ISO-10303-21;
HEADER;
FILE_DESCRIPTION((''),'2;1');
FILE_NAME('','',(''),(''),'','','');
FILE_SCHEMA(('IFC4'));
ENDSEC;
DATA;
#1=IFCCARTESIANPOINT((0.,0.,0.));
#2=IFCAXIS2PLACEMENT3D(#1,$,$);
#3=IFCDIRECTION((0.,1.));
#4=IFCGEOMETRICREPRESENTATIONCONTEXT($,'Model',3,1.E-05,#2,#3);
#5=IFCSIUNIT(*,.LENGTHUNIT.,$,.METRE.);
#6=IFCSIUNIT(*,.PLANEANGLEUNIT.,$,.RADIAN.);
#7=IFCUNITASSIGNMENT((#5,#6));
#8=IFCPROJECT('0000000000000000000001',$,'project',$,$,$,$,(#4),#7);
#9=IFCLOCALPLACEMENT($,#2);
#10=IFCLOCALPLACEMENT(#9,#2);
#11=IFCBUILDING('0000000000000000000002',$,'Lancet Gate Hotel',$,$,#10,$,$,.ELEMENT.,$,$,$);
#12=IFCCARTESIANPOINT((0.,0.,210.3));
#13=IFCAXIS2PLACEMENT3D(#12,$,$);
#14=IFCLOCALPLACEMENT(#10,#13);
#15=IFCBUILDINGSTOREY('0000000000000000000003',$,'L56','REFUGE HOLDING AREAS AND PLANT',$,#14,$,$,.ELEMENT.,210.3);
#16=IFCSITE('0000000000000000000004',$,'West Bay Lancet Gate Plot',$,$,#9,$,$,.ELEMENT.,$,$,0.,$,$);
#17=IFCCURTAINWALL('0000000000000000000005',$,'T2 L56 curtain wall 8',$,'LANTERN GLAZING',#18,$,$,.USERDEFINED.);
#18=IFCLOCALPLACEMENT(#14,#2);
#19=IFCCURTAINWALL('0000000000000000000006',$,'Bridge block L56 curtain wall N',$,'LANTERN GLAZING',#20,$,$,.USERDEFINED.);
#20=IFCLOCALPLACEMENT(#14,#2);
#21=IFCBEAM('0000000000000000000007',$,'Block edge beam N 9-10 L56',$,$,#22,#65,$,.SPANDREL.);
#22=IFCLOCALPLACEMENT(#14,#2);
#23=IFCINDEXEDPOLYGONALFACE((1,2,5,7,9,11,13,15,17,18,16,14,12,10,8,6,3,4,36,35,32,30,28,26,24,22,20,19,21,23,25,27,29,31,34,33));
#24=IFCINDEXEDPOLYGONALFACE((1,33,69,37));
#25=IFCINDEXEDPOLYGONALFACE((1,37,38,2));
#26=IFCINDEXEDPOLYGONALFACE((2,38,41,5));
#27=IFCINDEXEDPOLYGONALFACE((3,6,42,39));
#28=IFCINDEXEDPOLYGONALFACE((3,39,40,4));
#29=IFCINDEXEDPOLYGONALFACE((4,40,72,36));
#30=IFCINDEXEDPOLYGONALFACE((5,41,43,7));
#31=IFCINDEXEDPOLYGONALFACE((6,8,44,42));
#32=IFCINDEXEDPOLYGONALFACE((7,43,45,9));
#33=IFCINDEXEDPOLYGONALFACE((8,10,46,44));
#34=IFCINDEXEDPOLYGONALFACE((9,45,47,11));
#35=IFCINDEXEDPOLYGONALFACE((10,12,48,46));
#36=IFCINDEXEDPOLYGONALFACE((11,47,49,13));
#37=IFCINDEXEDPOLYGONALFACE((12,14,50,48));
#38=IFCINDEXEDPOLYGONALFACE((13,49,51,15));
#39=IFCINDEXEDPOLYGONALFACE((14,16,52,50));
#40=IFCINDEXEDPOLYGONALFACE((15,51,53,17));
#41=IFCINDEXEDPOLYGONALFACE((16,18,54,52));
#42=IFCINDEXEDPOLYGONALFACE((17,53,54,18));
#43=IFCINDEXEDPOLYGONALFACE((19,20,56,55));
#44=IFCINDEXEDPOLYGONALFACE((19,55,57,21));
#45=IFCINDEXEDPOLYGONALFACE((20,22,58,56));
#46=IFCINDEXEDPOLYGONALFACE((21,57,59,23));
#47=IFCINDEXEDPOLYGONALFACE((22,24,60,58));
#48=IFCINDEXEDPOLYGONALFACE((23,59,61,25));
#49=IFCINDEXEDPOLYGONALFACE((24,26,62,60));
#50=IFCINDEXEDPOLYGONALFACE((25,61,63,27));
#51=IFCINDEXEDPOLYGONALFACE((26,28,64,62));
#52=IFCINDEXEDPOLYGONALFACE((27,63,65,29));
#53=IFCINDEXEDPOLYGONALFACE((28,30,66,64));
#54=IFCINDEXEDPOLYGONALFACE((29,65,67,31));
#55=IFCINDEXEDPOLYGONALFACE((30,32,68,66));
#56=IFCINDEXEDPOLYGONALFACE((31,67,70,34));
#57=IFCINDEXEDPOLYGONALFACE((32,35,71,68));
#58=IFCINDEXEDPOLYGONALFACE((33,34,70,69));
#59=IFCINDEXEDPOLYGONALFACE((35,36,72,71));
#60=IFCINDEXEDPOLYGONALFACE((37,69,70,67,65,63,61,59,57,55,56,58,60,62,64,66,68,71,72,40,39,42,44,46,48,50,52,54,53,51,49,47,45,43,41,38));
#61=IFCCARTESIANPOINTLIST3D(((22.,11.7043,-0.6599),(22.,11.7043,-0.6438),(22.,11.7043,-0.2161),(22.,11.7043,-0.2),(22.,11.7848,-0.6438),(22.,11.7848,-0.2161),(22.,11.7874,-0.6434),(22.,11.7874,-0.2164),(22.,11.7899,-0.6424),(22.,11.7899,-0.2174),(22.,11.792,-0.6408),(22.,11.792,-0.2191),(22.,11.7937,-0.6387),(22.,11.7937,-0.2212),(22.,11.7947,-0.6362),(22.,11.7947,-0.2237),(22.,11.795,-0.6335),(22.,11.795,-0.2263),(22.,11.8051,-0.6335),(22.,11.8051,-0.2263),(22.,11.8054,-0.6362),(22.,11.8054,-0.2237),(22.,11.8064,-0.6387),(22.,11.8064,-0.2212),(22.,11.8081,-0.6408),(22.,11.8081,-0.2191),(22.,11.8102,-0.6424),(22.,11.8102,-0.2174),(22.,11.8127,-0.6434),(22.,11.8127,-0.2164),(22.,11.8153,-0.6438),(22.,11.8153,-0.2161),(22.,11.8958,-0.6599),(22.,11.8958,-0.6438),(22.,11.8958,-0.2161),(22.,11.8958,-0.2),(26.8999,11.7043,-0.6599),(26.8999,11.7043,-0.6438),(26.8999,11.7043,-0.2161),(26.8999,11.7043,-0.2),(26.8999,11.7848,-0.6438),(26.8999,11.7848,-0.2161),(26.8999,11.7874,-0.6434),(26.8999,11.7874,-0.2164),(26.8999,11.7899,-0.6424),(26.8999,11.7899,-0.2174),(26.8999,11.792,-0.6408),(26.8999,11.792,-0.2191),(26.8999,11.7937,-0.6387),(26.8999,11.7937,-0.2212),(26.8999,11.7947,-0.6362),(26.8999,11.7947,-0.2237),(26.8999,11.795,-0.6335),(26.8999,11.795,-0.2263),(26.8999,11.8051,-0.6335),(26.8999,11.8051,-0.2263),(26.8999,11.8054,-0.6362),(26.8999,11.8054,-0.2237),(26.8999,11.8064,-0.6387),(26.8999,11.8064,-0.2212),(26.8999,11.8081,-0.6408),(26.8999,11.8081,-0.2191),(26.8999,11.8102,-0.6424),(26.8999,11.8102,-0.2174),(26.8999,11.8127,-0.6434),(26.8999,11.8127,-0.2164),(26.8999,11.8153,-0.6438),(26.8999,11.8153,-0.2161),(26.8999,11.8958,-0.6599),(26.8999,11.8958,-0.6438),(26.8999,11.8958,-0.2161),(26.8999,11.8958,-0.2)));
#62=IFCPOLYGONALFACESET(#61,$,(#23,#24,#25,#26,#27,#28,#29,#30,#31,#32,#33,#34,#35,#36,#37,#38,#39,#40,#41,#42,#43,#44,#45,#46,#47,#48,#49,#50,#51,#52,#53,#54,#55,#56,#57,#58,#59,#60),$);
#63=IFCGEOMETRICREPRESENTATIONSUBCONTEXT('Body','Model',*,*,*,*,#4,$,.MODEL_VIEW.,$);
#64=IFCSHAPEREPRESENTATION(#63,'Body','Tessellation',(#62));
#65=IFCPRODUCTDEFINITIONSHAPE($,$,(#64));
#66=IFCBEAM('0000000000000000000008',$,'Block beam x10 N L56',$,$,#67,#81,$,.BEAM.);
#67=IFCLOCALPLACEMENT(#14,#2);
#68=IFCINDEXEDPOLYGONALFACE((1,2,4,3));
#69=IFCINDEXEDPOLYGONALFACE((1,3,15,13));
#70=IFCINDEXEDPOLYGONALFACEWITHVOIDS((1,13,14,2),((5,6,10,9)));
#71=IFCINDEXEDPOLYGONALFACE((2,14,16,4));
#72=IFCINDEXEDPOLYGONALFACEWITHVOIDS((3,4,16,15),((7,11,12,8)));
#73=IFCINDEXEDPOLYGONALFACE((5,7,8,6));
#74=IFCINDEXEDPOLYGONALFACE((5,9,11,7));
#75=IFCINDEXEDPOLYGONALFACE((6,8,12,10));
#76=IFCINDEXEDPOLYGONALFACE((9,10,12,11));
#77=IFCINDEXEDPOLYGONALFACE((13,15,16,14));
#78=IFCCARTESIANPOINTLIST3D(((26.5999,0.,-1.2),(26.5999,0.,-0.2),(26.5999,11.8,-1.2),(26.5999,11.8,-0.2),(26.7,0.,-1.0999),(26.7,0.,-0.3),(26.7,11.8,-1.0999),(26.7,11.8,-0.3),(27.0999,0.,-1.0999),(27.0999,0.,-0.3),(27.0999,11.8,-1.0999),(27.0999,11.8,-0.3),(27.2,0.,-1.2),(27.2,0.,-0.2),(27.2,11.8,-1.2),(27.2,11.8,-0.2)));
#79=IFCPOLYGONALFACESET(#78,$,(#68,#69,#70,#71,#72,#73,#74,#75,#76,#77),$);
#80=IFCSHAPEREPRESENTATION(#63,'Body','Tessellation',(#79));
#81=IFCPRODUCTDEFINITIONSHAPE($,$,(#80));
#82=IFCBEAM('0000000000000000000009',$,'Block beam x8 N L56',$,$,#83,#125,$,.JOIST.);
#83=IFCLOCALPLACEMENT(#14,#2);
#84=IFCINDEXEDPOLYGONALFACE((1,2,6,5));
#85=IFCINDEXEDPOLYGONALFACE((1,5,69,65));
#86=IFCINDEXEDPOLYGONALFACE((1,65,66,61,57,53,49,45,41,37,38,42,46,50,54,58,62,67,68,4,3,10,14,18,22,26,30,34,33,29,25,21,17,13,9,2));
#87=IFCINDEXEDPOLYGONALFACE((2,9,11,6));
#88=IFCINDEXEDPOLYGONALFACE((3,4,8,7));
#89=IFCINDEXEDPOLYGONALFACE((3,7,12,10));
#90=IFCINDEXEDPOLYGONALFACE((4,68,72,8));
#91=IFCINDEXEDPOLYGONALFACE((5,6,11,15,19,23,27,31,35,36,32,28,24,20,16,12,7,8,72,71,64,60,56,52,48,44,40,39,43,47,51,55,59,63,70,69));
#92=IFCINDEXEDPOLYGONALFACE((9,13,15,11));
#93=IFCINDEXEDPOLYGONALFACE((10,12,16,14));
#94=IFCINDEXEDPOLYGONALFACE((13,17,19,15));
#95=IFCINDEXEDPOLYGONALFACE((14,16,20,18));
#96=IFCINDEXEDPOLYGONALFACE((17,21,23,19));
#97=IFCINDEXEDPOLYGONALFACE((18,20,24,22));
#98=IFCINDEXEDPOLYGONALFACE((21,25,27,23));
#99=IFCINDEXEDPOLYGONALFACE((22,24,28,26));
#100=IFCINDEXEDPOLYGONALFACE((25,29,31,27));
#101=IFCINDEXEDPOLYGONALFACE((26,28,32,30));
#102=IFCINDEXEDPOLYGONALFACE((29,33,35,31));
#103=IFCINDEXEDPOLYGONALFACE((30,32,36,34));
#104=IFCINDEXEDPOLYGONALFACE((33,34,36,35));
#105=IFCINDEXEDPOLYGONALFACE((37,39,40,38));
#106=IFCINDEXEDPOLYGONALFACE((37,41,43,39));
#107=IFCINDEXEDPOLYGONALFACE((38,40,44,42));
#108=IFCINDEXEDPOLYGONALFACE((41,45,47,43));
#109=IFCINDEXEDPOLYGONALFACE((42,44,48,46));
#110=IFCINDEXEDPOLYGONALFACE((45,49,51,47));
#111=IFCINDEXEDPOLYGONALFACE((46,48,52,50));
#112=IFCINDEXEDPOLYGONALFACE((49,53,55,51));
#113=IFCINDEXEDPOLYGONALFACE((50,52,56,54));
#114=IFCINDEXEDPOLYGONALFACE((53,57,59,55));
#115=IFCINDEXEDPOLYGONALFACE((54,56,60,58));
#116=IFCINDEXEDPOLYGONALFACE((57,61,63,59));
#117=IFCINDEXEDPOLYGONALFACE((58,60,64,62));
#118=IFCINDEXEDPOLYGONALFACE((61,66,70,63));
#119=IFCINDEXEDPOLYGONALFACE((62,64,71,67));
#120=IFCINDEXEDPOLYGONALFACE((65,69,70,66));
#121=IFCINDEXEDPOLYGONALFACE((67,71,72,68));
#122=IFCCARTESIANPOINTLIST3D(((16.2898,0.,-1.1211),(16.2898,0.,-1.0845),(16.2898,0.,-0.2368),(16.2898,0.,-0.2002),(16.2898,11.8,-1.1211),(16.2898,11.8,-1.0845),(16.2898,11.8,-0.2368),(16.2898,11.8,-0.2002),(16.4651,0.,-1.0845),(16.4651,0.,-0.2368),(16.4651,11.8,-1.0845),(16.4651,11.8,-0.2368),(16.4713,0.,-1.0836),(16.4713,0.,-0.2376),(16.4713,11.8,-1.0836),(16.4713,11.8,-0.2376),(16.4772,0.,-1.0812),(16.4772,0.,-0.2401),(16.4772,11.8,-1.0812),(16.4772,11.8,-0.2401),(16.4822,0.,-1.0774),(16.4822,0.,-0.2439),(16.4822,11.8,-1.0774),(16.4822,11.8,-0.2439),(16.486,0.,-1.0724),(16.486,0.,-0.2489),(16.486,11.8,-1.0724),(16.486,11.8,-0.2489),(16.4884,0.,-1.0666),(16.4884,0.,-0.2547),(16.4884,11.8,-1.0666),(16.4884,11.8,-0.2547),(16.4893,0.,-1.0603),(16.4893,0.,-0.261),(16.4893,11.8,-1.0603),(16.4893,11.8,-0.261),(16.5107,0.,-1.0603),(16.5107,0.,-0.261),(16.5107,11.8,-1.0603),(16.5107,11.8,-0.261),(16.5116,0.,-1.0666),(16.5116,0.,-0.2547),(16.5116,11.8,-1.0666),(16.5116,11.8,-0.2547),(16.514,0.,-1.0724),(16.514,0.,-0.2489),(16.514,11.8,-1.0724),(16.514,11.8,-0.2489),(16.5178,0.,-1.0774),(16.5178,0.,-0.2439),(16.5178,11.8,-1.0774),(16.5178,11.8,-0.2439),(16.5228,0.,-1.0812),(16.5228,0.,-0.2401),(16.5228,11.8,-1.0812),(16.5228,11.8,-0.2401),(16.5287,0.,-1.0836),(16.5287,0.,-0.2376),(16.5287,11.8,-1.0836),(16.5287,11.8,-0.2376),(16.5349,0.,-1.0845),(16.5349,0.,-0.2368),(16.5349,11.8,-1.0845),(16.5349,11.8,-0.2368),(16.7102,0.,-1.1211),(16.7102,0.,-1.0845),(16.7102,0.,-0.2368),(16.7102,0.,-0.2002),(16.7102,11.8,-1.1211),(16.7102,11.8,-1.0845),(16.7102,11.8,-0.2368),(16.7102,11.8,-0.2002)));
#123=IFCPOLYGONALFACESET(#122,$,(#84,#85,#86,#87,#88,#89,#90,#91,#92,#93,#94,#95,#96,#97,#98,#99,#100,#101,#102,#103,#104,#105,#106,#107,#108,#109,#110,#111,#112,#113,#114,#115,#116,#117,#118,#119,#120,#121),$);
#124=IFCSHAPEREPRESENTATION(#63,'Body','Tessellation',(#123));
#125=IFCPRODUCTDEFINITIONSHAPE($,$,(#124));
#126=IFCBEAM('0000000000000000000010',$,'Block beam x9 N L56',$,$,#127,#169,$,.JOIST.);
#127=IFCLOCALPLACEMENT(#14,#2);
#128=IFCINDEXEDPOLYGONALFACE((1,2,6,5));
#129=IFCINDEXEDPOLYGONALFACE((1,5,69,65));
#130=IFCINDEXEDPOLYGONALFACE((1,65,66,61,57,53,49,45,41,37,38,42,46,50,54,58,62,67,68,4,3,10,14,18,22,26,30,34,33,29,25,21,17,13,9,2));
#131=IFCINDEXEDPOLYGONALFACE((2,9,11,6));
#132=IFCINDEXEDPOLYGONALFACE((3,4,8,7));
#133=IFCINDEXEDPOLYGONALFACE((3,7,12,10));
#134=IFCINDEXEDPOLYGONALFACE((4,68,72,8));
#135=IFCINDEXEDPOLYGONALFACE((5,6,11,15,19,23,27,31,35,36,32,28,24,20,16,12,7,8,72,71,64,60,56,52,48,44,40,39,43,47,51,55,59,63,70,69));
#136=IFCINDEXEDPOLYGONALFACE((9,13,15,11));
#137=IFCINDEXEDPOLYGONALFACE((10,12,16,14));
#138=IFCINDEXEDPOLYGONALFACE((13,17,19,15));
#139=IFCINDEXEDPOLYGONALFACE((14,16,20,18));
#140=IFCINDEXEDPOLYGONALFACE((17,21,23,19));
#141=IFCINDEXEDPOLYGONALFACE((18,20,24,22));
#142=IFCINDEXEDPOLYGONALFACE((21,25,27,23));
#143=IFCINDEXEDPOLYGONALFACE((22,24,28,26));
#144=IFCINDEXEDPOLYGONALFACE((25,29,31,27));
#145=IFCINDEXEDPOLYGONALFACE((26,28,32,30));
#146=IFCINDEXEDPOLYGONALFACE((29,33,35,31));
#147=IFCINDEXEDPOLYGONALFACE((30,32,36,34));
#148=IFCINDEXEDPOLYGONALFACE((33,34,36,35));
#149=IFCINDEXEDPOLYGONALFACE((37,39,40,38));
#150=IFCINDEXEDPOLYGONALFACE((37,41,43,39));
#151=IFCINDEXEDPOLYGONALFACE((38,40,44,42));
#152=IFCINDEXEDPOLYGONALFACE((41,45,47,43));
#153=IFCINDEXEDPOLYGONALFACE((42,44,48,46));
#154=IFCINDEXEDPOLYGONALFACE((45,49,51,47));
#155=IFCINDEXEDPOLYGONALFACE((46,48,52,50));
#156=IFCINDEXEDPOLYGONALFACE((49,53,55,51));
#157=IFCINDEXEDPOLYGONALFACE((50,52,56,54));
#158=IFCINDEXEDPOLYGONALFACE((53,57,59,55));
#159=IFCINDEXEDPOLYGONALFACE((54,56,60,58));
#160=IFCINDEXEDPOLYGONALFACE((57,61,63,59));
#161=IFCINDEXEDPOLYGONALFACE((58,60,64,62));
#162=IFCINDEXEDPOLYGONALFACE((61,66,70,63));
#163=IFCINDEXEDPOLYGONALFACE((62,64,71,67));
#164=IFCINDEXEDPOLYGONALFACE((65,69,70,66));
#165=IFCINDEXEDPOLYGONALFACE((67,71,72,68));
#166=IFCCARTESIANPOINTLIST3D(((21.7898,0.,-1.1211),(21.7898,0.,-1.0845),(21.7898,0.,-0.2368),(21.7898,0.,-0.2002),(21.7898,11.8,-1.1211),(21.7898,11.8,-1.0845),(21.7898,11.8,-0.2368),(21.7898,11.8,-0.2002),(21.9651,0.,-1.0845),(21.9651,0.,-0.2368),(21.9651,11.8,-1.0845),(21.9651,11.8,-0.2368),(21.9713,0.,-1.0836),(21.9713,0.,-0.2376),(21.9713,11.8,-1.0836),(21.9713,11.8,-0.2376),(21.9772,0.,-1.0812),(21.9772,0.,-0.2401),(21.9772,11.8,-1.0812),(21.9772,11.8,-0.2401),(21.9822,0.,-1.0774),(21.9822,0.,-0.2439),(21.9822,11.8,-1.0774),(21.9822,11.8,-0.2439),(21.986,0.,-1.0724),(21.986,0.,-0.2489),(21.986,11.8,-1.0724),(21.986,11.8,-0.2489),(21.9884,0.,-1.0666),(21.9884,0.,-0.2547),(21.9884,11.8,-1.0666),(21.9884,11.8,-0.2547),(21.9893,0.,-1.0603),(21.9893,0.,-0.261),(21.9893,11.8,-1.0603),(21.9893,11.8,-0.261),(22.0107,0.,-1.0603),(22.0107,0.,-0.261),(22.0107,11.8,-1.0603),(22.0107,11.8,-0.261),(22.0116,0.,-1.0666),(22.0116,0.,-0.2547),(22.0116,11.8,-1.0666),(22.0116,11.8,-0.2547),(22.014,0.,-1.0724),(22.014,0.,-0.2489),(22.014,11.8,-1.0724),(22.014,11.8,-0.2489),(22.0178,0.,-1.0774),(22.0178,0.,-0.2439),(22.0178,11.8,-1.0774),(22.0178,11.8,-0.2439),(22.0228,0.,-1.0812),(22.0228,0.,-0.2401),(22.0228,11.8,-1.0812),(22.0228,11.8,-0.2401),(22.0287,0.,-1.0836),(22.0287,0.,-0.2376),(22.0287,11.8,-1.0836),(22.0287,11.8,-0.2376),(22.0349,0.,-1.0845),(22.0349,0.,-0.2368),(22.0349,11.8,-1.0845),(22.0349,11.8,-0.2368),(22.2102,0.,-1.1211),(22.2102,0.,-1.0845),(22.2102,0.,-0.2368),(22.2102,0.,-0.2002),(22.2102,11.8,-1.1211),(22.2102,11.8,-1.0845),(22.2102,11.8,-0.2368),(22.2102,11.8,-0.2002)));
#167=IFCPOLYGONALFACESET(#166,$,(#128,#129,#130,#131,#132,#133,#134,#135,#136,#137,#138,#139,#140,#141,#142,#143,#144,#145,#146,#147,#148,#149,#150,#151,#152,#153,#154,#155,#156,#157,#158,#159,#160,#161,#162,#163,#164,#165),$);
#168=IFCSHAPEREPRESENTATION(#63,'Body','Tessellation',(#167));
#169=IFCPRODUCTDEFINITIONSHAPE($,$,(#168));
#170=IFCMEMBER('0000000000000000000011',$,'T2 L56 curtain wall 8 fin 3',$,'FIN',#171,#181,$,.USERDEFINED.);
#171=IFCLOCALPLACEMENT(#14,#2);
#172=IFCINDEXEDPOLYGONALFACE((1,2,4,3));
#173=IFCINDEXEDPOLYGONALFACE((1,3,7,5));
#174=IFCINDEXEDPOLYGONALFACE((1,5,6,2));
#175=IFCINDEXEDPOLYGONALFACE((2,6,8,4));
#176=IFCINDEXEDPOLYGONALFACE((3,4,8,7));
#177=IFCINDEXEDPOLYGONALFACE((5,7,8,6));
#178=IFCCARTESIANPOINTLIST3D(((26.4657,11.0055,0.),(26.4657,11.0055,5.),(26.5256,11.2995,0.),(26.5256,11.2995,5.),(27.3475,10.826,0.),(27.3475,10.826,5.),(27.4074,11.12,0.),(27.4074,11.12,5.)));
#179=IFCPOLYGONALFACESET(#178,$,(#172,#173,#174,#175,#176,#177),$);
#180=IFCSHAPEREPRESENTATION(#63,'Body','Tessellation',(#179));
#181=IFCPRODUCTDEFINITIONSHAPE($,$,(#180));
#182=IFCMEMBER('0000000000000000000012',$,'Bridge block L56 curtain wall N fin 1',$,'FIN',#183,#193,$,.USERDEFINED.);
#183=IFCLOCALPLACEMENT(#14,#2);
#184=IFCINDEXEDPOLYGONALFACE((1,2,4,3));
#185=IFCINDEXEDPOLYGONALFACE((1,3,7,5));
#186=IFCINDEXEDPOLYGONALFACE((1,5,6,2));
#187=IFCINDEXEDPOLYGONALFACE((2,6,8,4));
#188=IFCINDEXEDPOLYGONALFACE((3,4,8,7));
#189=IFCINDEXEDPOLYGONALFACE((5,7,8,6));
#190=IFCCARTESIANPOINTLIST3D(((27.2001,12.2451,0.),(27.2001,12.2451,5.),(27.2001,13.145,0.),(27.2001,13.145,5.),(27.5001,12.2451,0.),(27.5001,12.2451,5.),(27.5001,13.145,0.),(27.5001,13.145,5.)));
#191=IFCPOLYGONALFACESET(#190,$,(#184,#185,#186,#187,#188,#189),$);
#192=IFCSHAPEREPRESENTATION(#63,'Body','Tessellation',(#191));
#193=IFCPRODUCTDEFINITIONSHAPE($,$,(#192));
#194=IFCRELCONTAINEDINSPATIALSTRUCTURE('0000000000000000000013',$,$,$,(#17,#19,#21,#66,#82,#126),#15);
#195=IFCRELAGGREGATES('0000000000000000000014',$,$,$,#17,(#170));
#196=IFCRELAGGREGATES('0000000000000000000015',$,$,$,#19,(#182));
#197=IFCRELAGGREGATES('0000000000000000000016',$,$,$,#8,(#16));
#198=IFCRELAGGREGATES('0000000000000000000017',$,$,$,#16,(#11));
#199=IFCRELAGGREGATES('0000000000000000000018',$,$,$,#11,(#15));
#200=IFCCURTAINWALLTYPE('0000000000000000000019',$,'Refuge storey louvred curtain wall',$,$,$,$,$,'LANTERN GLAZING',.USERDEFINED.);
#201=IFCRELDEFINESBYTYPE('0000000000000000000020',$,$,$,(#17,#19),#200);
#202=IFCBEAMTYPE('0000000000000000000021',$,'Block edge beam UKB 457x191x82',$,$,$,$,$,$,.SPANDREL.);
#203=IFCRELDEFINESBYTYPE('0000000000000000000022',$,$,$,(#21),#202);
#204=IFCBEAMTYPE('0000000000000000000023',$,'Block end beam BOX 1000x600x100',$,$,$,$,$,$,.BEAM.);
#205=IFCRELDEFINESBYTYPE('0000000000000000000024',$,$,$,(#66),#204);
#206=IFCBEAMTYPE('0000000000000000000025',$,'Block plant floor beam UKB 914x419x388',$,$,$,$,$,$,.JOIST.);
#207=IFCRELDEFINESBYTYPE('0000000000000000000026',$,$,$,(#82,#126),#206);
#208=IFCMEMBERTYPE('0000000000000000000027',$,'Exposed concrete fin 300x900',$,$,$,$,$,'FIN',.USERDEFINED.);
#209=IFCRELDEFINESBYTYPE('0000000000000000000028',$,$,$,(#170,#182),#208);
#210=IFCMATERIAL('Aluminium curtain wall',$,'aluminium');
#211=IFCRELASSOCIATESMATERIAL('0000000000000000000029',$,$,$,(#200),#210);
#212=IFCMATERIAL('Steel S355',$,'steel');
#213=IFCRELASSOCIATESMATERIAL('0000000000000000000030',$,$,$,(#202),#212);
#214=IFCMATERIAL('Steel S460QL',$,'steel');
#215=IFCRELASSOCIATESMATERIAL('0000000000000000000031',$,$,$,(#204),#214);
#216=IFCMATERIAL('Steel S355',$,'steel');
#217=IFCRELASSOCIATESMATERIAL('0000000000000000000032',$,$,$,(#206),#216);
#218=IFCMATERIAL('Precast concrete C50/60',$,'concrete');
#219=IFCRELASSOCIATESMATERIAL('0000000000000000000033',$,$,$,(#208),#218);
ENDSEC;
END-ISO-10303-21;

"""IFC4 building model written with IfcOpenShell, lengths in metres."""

from ifc_helpers import new_model, si_unit, direction, frame, origin, origin_2d, place, context, subcontext, project, spatial, rectangle, hollow_rectangle, i_section, extrude, material, material_profile, profile_set, type_object, element, aggregate, save


model = new_model("IFC4")

# Units and contexts
model_context = context("Model", 3, precision=1e-05, world=origin(), true_north=direction((0.0, 1.0)))
body_context = subcontext(model_context, "Body", "Model", "MODEL_VIEW")
ifc_project = project(units=[si_unit("LENGTHUNIT", "METRE"), si_unit("PLANEANGLEUNIT", "RADIAN")], contexts=[model_context])

# Site, building, storey
site_placement = place(None, origin())
site = spatial("IfcSite", under=ifc_project, at=site_placement, Name="West Bay Lancet Gate Plot", CompositionType="ELEMENT", RefElevation=0.0)
building_placement = place(site_placement, origin())
building = spatial("IfcBuilding", under=site, at=building_placement, Name="Lancet Gate Hotel", CompositionType="ELEMENT")
storey_placement = place(building_placement, frame((0.0, 0.0, 210.3)))
storey = spatial("IfcBuildingStorey", under=building, at=storey_placement, Name="L56", Description="REFUGE HOLDING AREAS AND PLANT", CompositionType="ELEMENT", Elevation=210.3)

# Curtain walls
ifc_material_1 = material(Name="Aluminium curtain wall", Category="aluminium")
curtain_wall_type = type_object("IfcCurtainWallType", Name="Refuge storey louvred curtain wall", ElementType="LANTERN GLAZING", PredefinedType="USERDEFINED", material=ifc_material_1)
curtain_wall_1_placement = place(storey_placement, origin())
curtain_wall_1 = element("IfcCurtainWall", 1, at=curtain_wall_1_placement, inside=storey, type_object=curtain_wall_type, Name="T2 L56 curtain wall 8", ObjectType="LANTERN GLAZING", PredefinedType="USERDEFINED")
curtain_wall_2_placement = place(storey_placement, origin())
curtain_wall_2 = element("IfcCurtainWall", 2, at=curtain_wall_2_placement, inside=storey, type_object=curtain_wall_type, Name="Bridge block L56 curtain wall N", ObjectType="LANTERN GLAZING", PredefinedType="USERDEFINED")

# Beams
ifc_material_2 = material(Name="Steel S355", Category="steel")
ifc_material_profile_1 = material_profile(ifc_material_2, i_section(OverallWidth=0.1914, OverallDepth=0.46, WebThickness=0.01, FlangeThickness=0.0161, FilletRadius=0.0103, at=origin_2d()), Name="UKB 457x191x82")
ifc_profile_set_1 = profile_set([ifc_material_profile_1], Name="Steel S355")
beam_type_1 = type_object("IfcBeamType", Name="Block edge beam UKB 457x191x82", PredefinedType="SPANDREL", material=ifc_profile_set_1)
beam_1_placement = place(storey_placement, frame((22.0, 11.8, -0.4299), z_axis=(1.0, 0.0, 0.0), x_axis=(0.0, 1.0, 0.0)))
element("IfcBeam", 3, at=beam_1_placement, inside=storey, type_object=beam_type_1, Name="Block edge beam N 9-10 L56", PredefinedType="SPANDREL", context=body_context, shape_type="SweptSolid", body=[
    extrude(i_section(OverallWidth=0.1914, OverallDepth=0.46, WebThickness=0.01, FlangeThickness=0.0161, FilletRadius=0.0103, at=origin_2d()), origin(), (0.0, 0.0, 1.0), 4.8999),
])
ifc_material_3 = material(Name="Steel S460QL", Category="steel")
ifc_material_profile_2 = material_profile(ifc_material_3, hollow_rectangle(XDim=0.6001, YDim=1.0, WallThickness=0.1001, at=origin_2d()), Name="BOX 1000x600x100")
ifc_profile_set_2 = profile_set([ifc_material_profile_2], Name="Steel S460QL")
beam_type_2 = type_object("IfcBeamType", Name="Block end beam BOX 1000x600x100", PredefinedType="BEAM", material=ifc_profile_set_2)
beam_2_placement = place(storey_placement, frame((26.8999, 0.0, -0.7), z_axis=(0.0, 1.0, 0.0), x_axis=(-1.0, 0.0, 0.0)))
element("IfcBeam", 4, at=beam_2_placement, inside=storey, type_object=beam_type_2, Name="Block beam x10 N L56", PredefinedType="BEAM", context=body_context, shape_type="SweptSolid", body=[
    extrude(hollow_rectangle(XDim=0.6001, YDim=1.0, WallThickness=0.1001, at=origin_2d()), origin(), (0.0, 0.0, 1.0), 11.8),
])
ifc_material_4 = material(Name="Steel S355", Category="steel")
ifc_material_profile_3 = material_profile(ifc_material_4, i_section(OverallWidth=0.4204, OverallDepth=0.9209, WebThickness=0.0215, FlangeThickness=0.0366, FilletRadius=0.0242, at=origin_2d()), Name="UKB 914x419x388")
ifc_profile_set_3 = profile_set([ifc_material_profile_3], Name="Steel S355")
beam_type_3 = type_object("IfcBeamType", Name="Block plant floor beam UKB 914x419x388", PredefinedType="JOIST", material=ifc_profile_set_3)
for number, where, z_axis, x_axis, name in (
    (5, (16.5, 0.0, -0.6606), (0.0, 1.0, 0.0), (-1.0, 0.0, 0.0), "Block beam x8 N L56"),
    (6, (22.0, 0.0, -0.6606), (0.0, 1.0, 0.0), (-1.0, 0.0, 0.0), "Block beam x9 N L56"),
):
    element("IfcBeam", number, at=place(storey_placement, frame(where, z_axis=z_axis, x_axis=x_axis)), inside=storey, type_object=beam_type_3, Name=name, PredefinedType="JOIST", context=body_context, shape_type="SweptSolid", body=[
        extrude(i_section(OverallWidth=0.4204, OverallDepth=0.9209, WebThickness=0.0215, FlangeThickness=0.0366, FilletRadius=0.0242, at=origin_2d()), origin(), (0.0, 0.0, 1.0), 11.8),
    ])

# Members
ifc_material_5 = material(Name="Precast concrete C50/60", Category="concrete")
ifc_material_profile_4 = material_profile(ifc_material_5, rectangle(XDim=0.3, YDim=0.8999, at=origin_2d()), Name="FIN 300x900")
ifc_profile_set_4 = profile_set([ifc_material_profile_4], Name="Precast concrete C50/60")
member_type_1 = type_object("IfcMemberType", Name="Exposed concrete fin 300x900", ElementType="FIN", PredefinedType="USERDEFINED", material=ifc_profile_set_4)
member_1_placement = place(storey_placement, frame((26.9365, 11.0627, 0.0), z_axis=(0.0, 0.0, 1.0), x_axis=(-0.199533, -0.979891, 0.0)))
member_1 = element("IfcMember", 7, at=member_1_placement, type_object=member_type_1, Name="T2 L56 curtain wall 8 fin 3", ObjectType="FIN", PredefinedType="USERDEFINED", context=body_context, shape_type="SweptSolid", body=[
    extrude(rectangle(XDim=0.3, YDim=0.8999, at=origin_2d()), origin(), (0.0, 0.0, 1.0), 5.0),
])
member_2_placement = place(storey_placement, frame((27.3501, 12.6951, 0.0), z_axis=(0.0, 0.0, 1.0), x_axis=(-1.0, 0.0, 0.0)))
member_2 = element("IfcMember", 8, at=member_2_placement, type_object=member_type_1, Name="Bridge block L56 curtain wall N fin 1", ObjectType="FIN", PredefinedType="USERDEFINED", context=body_context, shape_type="SweptSolid", body=[
    extrude(rectangle(XDim=0.3, YDim=0.8999, at=origin_2d()), origin(), (0.0, 0.0, 1.0), 5.0),
])

aggregate(curtain_wall_1, [member_1])
aggregate(curtain_wall_2, [member_2])

save(model, "model.ifc")
